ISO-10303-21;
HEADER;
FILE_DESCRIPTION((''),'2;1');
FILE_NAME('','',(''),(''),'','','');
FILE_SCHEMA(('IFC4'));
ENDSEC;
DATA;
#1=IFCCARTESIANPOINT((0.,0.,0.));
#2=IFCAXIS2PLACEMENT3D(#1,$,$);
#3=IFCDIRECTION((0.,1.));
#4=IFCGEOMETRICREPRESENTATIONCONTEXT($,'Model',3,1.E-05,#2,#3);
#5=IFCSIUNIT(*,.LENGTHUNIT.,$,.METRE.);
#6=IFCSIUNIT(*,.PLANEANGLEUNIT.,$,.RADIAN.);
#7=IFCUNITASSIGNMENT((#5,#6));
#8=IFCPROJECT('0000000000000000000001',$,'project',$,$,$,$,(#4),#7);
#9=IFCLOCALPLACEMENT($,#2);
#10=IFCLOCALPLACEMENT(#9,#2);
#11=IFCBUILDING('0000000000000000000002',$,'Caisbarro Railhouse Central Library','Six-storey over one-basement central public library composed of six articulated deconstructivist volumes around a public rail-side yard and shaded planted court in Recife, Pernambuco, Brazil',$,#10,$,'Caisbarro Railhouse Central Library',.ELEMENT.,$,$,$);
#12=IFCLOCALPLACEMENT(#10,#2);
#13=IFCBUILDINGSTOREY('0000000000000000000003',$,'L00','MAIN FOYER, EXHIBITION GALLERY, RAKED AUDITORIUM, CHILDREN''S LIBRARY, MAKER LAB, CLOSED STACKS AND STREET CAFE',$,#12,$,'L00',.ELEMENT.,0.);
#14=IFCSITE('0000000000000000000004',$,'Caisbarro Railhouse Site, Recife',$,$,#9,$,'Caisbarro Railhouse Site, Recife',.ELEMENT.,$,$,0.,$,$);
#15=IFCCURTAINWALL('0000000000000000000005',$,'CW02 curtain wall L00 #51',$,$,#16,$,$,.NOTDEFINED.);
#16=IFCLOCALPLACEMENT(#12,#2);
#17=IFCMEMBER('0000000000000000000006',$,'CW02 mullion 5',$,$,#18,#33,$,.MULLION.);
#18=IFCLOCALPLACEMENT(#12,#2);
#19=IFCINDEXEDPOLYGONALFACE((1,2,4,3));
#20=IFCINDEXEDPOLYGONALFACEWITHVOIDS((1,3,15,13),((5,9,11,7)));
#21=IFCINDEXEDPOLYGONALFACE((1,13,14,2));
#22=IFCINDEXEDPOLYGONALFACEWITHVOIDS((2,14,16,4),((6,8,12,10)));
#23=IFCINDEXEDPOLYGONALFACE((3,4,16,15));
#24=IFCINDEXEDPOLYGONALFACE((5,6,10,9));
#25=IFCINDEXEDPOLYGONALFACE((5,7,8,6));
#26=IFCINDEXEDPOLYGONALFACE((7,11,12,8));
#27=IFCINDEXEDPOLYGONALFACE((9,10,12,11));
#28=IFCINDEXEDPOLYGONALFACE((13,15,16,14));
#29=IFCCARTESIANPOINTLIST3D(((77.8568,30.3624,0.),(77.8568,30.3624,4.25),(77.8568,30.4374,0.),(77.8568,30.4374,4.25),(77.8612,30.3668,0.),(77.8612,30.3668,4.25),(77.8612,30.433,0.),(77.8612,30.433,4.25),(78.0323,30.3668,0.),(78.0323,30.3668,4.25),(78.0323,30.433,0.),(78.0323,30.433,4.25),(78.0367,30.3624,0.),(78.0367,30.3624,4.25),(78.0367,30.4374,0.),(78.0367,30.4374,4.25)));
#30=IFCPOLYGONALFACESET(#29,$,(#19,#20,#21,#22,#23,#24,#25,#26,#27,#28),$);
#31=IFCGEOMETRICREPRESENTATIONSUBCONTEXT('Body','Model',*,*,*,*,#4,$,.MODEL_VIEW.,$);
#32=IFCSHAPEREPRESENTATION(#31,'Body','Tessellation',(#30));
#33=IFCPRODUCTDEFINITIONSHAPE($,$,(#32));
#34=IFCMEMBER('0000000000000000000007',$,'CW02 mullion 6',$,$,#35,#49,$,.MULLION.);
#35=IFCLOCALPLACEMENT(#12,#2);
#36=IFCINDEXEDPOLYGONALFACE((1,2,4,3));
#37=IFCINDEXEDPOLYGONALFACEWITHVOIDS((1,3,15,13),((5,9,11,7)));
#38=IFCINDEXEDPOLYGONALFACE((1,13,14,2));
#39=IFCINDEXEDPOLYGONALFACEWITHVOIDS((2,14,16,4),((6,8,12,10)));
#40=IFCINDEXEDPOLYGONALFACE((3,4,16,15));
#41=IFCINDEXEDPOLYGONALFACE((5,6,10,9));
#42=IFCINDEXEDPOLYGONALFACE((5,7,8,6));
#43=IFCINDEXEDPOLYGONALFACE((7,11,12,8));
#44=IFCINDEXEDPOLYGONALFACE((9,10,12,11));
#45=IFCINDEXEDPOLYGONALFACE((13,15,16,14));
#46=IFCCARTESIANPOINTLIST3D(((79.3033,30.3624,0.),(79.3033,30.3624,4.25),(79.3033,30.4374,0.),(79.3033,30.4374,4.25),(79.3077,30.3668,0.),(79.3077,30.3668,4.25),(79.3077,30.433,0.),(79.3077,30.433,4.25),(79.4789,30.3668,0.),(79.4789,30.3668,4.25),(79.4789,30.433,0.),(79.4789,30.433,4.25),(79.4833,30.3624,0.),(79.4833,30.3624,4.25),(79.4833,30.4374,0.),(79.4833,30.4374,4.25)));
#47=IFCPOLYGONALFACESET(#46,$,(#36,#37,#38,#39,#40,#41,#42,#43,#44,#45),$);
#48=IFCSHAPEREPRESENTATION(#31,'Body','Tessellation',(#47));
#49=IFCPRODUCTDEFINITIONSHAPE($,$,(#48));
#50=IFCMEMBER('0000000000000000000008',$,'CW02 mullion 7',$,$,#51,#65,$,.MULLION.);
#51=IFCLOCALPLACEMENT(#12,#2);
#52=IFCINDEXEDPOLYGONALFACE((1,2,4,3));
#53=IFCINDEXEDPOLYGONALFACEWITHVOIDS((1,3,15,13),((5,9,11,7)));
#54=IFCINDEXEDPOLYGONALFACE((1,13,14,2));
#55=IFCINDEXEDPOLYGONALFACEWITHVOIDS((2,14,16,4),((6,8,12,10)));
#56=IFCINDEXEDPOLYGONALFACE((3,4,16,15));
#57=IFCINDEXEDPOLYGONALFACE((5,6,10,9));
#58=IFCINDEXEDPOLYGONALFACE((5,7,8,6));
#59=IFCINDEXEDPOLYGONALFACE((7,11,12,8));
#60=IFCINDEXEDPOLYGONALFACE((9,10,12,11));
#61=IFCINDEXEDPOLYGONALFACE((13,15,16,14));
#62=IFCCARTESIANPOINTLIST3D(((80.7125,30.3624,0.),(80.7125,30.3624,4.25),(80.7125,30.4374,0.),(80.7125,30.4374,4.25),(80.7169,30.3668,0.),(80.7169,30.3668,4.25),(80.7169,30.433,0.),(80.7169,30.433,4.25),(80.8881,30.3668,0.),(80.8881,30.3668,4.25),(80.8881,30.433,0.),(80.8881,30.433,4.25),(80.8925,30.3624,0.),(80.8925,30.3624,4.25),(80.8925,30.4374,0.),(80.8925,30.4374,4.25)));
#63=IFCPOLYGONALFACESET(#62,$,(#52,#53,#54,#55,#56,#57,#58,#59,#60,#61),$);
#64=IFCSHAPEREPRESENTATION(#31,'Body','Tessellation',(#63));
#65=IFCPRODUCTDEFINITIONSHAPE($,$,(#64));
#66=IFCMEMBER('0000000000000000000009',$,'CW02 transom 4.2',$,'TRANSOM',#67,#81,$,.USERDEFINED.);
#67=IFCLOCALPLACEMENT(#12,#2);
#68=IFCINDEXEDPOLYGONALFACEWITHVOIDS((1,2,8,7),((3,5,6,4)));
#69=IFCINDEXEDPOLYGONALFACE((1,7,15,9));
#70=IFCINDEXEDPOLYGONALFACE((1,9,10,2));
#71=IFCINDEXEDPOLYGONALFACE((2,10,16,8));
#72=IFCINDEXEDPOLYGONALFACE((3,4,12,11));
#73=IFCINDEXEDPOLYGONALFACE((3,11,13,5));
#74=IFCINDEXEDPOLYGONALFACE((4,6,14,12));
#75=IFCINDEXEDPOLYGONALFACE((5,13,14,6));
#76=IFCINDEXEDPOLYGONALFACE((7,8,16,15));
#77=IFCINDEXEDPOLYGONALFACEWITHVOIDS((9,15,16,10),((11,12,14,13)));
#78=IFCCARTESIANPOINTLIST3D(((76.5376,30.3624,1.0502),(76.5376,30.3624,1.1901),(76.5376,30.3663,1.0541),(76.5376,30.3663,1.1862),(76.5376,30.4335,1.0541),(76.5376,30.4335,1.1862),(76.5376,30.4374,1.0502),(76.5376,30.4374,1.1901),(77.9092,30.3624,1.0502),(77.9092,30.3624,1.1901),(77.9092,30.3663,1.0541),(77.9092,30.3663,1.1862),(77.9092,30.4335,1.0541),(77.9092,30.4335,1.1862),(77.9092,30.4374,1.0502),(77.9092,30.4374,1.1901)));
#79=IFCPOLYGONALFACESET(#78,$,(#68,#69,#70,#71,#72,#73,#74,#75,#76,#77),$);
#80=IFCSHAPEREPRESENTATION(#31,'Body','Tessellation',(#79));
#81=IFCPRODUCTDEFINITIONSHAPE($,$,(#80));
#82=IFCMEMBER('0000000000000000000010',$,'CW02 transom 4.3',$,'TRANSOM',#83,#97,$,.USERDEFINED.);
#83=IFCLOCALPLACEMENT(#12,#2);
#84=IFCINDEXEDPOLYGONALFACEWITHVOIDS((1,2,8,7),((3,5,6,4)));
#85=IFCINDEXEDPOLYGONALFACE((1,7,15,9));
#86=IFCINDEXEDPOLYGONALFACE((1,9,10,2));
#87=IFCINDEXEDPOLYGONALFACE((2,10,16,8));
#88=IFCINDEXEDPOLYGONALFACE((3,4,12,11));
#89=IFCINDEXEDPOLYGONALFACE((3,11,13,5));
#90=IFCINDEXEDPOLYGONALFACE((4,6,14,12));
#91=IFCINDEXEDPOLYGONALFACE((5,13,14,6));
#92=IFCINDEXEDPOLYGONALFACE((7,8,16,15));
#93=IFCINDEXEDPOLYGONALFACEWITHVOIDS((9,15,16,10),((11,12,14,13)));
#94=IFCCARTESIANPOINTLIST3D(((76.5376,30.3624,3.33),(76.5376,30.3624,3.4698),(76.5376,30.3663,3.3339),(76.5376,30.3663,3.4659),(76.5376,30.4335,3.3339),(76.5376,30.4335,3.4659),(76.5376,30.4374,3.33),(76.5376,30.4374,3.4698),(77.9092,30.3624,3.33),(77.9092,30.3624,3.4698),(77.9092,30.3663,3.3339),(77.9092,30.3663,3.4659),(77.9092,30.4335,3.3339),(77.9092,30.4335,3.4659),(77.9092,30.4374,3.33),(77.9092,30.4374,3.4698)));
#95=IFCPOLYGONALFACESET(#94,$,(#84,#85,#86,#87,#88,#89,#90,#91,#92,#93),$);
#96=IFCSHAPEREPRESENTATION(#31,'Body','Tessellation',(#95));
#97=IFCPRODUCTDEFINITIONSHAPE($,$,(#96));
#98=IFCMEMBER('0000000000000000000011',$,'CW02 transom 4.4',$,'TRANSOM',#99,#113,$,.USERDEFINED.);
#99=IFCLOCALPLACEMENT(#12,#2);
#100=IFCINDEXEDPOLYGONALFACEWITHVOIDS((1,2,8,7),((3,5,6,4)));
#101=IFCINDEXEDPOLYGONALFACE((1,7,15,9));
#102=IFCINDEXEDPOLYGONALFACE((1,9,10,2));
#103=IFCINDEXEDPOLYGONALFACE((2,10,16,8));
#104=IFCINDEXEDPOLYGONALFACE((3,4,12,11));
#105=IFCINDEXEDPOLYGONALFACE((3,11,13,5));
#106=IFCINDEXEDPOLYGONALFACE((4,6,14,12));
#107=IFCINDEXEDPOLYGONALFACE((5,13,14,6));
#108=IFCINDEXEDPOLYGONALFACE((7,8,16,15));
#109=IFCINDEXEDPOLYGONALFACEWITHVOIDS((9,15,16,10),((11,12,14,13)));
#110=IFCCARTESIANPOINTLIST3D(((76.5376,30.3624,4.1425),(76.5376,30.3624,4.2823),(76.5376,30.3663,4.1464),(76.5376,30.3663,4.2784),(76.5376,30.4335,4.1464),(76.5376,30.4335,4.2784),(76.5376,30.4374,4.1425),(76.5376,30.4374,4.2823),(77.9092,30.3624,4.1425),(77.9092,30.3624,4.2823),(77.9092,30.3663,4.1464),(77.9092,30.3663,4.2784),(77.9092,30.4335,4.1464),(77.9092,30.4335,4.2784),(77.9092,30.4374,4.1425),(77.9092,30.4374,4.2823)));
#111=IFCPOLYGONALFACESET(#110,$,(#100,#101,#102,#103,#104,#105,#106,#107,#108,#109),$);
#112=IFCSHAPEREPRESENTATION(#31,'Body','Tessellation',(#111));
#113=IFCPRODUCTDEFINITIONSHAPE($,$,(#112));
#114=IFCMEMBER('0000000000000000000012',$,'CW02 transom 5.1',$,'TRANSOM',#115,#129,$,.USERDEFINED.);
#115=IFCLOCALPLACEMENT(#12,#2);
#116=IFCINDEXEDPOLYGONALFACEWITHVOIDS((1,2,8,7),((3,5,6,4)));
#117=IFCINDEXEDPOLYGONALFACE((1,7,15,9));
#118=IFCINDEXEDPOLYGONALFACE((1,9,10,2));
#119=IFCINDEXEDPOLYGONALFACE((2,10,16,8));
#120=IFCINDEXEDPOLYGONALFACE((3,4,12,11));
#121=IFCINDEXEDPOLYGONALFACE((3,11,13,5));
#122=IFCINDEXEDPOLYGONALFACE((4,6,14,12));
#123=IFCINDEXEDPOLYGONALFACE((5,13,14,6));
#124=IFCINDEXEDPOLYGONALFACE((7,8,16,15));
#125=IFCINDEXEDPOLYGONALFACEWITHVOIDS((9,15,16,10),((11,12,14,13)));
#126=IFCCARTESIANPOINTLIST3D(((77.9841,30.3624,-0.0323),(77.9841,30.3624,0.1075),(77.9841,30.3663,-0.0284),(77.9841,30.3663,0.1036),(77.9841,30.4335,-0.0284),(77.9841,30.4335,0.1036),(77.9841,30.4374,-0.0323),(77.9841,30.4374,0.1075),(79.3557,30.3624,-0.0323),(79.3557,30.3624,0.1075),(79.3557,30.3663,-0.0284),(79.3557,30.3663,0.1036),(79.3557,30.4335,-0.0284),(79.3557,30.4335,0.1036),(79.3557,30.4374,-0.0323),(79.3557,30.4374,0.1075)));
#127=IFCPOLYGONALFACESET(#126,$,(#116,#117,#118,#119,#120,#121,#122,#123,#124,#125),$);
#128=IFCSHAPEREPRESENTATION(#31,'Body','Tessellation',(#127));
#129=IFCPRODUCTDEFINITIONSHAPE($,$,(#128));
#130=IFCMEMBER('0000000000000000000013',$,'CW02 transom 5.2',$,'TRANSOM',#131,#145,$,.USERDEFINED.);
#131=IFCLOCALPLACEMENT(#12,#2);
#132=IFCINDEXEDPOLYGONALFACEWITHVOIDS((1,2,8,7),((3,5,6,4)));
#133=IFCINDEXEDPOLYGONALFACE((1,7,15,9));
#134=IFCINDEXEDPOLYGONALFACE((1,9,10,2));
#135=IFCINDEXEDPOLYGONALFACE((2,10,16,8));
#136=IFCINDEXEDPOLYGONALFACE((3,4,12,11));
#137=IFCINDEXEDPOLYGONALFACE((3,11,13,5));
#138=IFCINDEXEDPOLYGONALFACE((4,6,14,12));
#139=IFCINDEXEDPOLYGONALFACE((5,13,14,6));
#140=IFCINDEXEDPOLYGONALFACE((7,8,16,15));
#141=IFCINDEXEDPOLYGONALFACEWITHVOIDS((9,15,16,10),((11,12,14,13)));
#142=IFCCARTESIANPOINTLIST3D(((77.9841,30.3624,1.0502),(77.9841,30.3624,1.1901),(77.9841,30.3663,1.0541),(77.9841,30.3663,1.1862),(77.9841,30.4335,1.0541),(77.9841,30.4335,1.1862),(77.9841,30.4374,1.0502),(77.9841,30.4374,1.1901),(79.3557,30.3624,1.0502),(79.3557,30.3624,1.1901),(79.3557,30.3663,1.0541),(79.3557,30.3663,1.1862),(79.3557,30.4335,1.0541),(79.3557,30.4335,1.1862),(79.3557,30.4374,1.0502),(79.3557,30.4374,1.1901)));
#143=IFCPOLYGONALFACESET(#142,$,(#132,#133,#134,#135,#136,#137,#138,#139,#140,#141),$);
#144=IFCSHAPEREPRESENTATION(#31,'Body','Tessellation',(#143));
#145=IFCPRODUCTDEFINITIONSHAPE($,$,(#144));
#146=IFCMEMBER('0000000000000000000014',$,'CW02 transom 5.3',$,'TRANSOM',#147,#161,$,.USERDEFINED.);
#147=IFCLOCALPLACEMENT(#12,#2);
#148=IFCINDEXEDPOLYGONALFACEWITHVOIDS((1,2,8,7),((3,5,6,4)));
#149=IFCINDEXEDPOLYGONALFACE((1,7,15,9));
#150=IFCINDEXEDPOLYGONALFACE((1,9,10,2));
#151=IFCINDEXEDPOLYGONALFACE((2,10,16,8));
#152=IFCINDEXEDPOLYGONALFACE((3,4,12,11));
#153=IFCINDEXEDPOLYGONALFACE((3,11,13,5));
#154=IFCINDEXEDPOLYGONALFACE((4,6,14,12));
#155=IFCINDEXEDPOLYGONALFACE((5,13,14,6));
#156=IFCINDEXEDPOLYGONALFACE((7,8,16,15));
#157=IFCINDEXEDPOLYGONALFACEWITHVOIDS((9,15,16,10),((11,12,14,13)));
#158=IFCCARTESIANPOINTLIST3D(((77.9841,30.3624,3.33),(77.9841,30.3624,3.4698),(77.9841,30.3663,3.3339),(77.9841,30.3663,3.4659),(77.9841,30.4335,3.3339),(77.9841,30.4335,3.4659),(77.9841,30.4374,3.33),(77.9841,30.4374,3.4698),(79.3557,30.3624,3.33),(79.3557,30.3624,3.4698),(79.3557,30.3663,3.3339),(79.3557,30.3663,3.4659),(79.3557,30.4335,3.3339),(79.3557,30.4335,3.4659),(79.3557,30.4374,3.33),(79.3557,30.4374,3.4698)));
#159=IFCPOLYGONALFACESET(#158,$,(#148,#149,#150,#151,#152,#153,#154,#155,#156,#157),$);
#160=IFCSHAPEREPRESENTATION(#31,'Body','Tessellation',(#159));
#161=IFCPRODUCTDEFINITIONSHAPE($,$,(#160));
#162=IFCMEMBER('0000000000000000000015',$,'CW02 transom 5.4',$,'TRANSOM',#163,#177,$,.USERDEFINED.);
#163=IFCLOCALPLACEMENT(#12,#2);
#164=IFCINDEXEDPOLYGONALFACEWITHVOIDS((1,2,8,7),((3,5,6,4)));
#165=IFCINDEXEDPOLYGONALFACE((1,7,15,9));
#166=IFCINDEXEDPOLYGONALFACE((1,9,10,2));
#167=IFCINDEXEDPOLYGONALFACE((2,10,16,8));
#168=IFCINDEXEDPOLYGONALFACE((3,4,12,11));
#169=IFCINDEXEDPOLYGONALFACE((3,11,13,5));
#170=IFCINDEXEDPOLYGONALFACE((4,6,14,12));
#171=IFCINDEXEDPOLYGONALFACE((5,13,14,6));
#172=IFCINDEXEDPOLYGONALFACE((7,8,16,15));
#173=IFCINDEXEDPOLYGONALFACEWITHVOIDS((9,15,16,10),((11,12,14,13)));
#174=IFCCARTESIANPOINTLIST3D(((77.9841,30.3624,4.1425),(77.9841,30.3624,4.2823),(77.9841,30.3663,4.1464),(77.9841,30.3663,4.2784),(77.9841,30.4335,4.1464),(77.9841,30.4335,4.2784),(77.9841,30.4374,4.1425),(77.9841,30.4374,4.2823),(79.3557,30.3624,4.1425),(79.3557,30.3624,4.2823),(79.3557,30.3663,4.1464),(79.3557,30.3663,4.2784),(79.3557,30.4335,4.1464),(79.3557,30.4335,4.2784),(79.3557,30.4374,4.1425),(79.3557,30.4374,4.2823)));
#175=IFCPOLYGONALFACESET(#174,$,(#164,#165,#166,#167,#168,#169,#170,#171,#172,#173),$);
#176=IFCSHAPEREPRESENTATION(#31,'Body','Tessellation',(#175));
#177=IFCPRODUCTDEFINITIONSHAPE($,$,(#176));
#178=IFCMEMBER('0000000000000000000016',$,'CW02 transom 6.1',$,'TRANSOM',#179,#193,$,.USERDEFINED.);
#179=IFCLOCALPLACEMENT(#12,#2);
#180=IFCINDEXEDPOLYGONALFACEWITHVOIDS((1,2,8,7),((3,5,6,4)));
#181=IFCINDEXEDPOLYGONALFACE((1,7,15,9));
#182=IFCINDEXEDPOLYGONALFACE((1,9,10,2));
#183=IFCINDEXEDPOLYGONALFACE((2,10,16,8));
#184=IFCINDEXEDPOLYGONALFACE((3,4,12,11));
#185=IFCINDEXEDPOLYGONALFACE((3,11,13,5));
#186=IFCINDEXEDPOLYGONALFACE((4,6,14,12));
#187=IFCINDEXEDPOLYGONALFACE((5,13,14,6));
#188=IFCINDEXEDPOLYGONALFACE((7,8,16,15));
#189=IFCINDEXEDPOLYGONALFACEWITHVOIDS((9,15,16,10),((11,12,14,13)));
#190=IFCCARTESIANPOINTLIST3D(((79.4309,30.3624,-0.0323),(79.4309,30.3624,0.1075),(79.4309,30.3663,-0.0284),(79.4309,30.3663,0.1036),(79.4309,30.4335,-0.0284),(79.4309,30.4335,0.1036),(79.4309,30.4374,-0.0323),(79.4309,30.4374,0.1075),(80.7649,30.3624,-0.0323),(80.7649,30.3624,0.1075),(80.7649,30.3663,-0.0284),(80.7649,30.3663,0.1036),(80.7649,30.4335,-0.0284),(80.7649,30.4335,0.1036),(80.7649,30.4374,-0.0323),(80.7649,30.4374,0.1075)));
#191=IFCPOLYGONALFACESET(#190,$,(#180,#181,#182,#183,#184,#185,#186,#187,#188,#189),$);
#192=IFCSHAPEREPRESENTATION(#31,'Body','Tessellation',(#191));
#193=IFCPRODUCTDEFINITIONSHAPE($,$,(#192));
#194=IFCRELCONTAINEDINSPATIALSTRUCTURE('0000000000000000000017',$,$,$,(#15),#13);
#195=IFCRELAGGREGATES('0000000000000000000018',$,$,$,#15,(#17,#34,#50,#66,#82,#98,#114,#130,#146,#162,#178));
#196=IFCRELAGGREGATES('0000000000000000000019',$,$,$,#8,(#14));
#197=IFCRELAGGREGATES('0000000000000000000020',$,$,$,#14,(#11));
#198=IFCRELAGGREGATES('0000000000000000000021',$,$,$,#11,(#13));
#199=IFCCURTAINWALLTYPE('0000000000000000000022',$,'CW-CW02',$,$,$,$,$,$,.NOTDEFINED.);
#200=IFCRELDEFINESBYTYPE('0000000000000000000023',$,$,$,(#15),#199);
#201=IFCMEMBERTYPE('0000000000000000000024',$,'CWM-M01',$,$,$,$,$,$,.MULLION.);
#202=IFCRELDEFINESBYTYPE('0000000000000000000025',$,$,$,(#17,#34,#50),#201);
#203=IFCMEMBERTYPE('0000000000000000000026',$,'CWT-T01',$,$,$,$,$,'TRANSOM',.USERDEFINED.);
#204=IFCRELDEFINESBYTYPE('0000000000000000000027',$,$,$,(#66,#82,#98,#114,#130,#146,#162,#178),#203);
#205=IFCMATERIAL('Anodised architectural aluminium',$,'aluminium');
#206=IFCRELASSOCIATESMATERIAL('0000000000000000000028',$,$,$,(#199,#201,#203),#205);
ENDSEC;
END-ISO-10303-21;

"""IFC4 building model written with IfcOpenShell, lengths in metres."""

from ifc_helpers import new_model, si_unit, direction, frame, origin, origin_2d, place, context, subcontext, project, spatial, hollow_rectangle, extrude, material, material_profile, profile_set, type_object, element, aggregate, save


model = new_model("IFC4")

# Units and contexts
model_context = context("Model", 3, precision=1e-05, world=origin(), true_north=direction((0.0, 1.0)))
body_context = subcontext(model_context, "Body", "Model", "MODEL_VIEW")
ifc_project = project(units=[si_unit("LENGTHUNIT", "METRE"), si_unit("PLANEANGLEUNIT", "RADIAN")], contexts=[model_context])

# Site, building, storey
site_placement = place(None, origin())
site = spatial("IfcSite", under=ifc_project, at=site_placement, Name="Caisbarro Railhouse Site, Recife", LongName="Caisbarro Railhouse Site, Recife", CompositionType="ELEMENT", RefElevation=0.0)
building_placement = place(site_placement, origin())
building = spatial("IfcBuilding", under=site, at=building_placement, Name="Caisbarro Railhouse Central Library", Description="Six-storey over one-basement central public library composed of six articulated deconstructivist volumes around a public rail-side yard and shaded planted court in Recife, Pernambuco, Brazil", LongName="Caisbarro Railhouse Central Library", CompositionType="ELEMENT")
storey_placement = place(building_placement, origin())
storey = spatial("IfcBuildingStorey", under=building, at=storey_placement, Name="L00", Description="MAIN FOYER, EXHIBITION GALLERY, RAKED AUDITORIUM, CHILDREN'S LIBRARY, MAKER LAB, CLOSED STACKS AND STREET CAFE", LongName="L00", CompositionType="ELEMENT", Elevation=0.0)

# Curtain wall, members
ifc_material_1 = material(Name="Anodised architectural aluminium", Category="aluminium")
curtain_wall_type = type_object("IfcCurtainWallType", Name="CW-CW02", PredefinedType="NOTDEFINED", material=ifc_material_1)
curtain_wall_placement = place(storey_placement, origin())
curtain_wall = element("IfcCurtainWall", 1, at=curtain_wall_placement, inside=storey, type_object=curtain_wall_type, Name="CW02 curtain wall L00 #51", PredefinedType="NOTDEFINED")
ifc_material_profile_1 = material_profile(ifc_material_1, hollow_rectangle(XDim=0.075, YDim=0.1799, WallThickness=0.0044, at=origin_2d()), Name="ALU-MUL-75X180")
ifc_profile_set_1 = profile_set([ifc_material_profile_1], Name="Anodised architectural aluminium")
member_type_1 = type_object("IfcMemberType", Name="CWM-M01", PredefinedType="MULLION", material=ifc_profile_set_1)
member_1_placement = place(storey_placement, frame((77.9468, 30.3999, 0.0), z_axis=(0.0, 0.0, 1.0), x_axis=(0.0, 1.0, 0.0)))
member_1 = element("IfcMember", 2, at=member_1_placement, type_object=member_type_1, Name="CW02 mullion 5", PredefinedType="MULLION", context=body_context, shape_type="SweptSolid", body=[
    extrude(hollow_rectangle(XDim=0.075, YDim=0.1799, WallThickness=0.0044, at=origin_2d()), origin(), (0.0, 0.0, 1.0), 4.25),
])
member_2_placement = place(storey_placement, frame((79.3933, 30.3999, 0.0), z_axis=(0.0, 0.0, 1.0), x_axis=(0.0, 1.0, 0.0)))
member_2 = element("IfcMember", 3, at=member_2_placement, type_object=member_type_1, Name="CW02 mullion 6", PredefinedType="MULLION", context=body_context, shape_type="SweptSolid", body=[
    extrude(hollow_rectangle(XDim=0.075, YDim=0.1799, WallThickness=0.0044, at=origin_2d()), origin(), (0.0, 0.0, 1.0), 4.25),
])
member_3_placement = place(storey_placement, frame((80.8025, 30.3999, 0.0), z_axis=(0.0, 0.0, 1.0), x_axis=(0.0, 1.0, 0.0)))
member_3 = element("IfcMember", 4, at=member_3_placement, type_object=member_type_1, Name="CW02 mullion 7", PredefinedType="MULLION", context=body_context, shape_type="SweptSolid", body=[
    extrude(hollow_rectangle(XDim=0.075, YDim=0.1799, WallThickness=0.0044, at=origin_2d()), origin(), (0.0, 0.0, 1.0), 4.25),
])
ifc_material_profile_2 = material_profile(ifc_material_1, hollow_rectangle(XDim=0.075, YDim=0.1399, WallThickness=0.0039, at=origin_2d()), Name="ALU-TRN-75X140")
ifc_profile_set_2 = profile_set([ifc_material_profile_2], Name="Anodised architectural aluminium")
member_type_2 = type_object("IfcMemberType", Name="CWT-T01", ElementType="TRANSOM", PredefinedType="USERDEFINED", material=ifc_profile_set_2)
member_4_placement = place(storey_placement, frame((76.5376, 30.3999, 1.1201), z_axis=(1.0, 0.0, 0.0), x_axis=(0.0, 1.0, 0.0)))
member_4 = element("IfcMember", 5, at=member_4_placement, type_object=member_type_2, Name="CW02 transom 4.2", ObjectType="TRANSOM", PredefinedType="USERDEFINED", context=body_context, shape_type="SweptSolid", body=[
    extrude(hollow_rectangle(XDim=0.075, YDim=0.1399, WallThickness=0.0039, at=origin_2d()), origin(), (0.0, 0.0, 1.0), 1.3716),
])
member_5_placement = place(storey_placement, frame((76.5376, 30.3999, 3.3999), z_axis=(1.0, 0.0, 0.0), x_axis=(0.0, 1.0, 0.0)))
member_5 = element("IfcMember", 6, at=member_5_placement, type_object=member_type_2, Name="CW02 transom 4.3", ObjectType="TRANSOM", PredefinedType="USERDEFINED", context=body_context, shape_type="SweptSolid", body=[
    extrude(hollow_rectangle(XDim=0.075, YDim=0.1399, WallThickness=0.0039, at=origin_2d()), origin(), (0.0, 0.0, 1.0), 1.3716),
])
member_6_placement = place(storey_placement, frame((76.5376, 30.3999, 4.2124), z_axis=(1.0, 0.0, 0.0), x_axis=(0.0, 1.0, 0.0)))
member_6 = element("IfcMember", 7, at=member_6_placement, type_object=member_type_2, Name="CW02 transom 4.4", ObjectType="TRANSOM", PredefinedType="USERDEFINED", context=body_context, shape_type="SweptSolid", body=[
    extrude(hollow_rectangle(XDim=0.075, YDim=0.1399, WallThickness=0.0039, at=origin_2d()), origin(), (0.0, 0.0, 1.0), 1.3716),
])
member_7_placement = place(storey_placement, frame((77.9841, 30.3999, 0.0376), z_axis=(1.0, 0.0, 0.0), x_axis=(0.0, 1.0, 0.0)))
member_7 = element("IfcMember", 8, at=member_7_placement, type_object=member_type_2, Name="CW02 transom 5.1", ObjectType="TRANSOM", PredefinedType="USERDEFINED", context=body_context, shape_type="SweptSolid", body=[
    extrude(hollow_rectangle(XDim=0.075, YDim=0.1399, WallThickness=0.0039, at=origin_2d()), origin(), (0.0, 0.0, 1.0), 1.3716),
])
member_8_placement = place(storey_placement, frame((77.9841, 30.3999, 1.1201), z_axis=(1.0, 0.0, 0.0), x_axis=(0.0, 1.0, 0.0)))
member_8 = element("IfcMember", 9, at=member_8_placement, type_object=member_type_2, Name="CW02 transom 5.2", ObjectType="TRANSOM", PredefinedType="USERDEFINED", context=body_context, shape_type="SweptSolid", body=[
    extrude(hollow_rectangle(XDim=0.075, YDim=0.1399, WallThickness=0.0039, at=origin_2d()), origin(), (0.0, 0.0, 1.0), 1.3716),
])
member_9_placement = place(storey_placement, frame((77.9841, 30.3999, 3.3999), z_axis=(1.0, 0.0, 0.0), x_axis=(0.0, 1.0, 0.0)))
member_9 = element("IfcMember", 10, at=member_9_placement, type_object=member_type_2, Name="CW02 transom 5.3", ObjectType="TRANSOM", PredefinedType="USERDEFINED", context=body_context, shape_type="SweptSolid", body=[
    extrude(hollow_rectangle(XDim=0.075, YDim=0.1399, WallThickness=0.0039, at=origin_2d()), origin(), (0.0, 0.0, 1.0), 1.3716),
])
member_10_placement = place(storey_placement, frame((77.9841, 30.3999, 4.2124), z_axis=(1.0, 0.0, 0.0), x_axis=(0.0, 1.0, 0.0)))
member_10 = element("IfcMember", 11, at=member_10_placement, type_object=member_type_2, Name="CW02 transom 5.4", ObjectType="TRANSOM", PredefinedType="USERDEFINED", context=body_context, shape_type="SweptSolid", body=[
    extrude(hollow_rectangle(XDim=0.075, YDim=0.1399, WallThickness=0.0039, at=origin_2d()), origin(), (0.0, 0.0, 1.0), 1.3716),
])
member_11_placement = place(storey_placement, frame((79.4309, 30.3999, 0.0376), z_axis=(1.0, 0.0, 0.0), x_axis=(0.0, 1.0, 0.0)))
member_11 = element("IfcMember", 12, at=member_11_placement, type_object=member_type_2, Name="CW02 transom 6.1", ObjectType="TRANSOM", PredefinedType="USERDEFINED", context=body_context, shape_type="SweptSolid", body=[
    extrude(hollow_rectangle(XDim=0.075, YDim=0.1399, WallThickness=0.0039, at=origin_2d()), origin(), (0.0, 0.0, 1.0), 1.334),
])
aggregate(curtain_wall, [member_1, member_2, member_3, member_4, member_5, member_6, member_7, member_8, member_9, member_10, member_11])

save(model, "model.ifc")
